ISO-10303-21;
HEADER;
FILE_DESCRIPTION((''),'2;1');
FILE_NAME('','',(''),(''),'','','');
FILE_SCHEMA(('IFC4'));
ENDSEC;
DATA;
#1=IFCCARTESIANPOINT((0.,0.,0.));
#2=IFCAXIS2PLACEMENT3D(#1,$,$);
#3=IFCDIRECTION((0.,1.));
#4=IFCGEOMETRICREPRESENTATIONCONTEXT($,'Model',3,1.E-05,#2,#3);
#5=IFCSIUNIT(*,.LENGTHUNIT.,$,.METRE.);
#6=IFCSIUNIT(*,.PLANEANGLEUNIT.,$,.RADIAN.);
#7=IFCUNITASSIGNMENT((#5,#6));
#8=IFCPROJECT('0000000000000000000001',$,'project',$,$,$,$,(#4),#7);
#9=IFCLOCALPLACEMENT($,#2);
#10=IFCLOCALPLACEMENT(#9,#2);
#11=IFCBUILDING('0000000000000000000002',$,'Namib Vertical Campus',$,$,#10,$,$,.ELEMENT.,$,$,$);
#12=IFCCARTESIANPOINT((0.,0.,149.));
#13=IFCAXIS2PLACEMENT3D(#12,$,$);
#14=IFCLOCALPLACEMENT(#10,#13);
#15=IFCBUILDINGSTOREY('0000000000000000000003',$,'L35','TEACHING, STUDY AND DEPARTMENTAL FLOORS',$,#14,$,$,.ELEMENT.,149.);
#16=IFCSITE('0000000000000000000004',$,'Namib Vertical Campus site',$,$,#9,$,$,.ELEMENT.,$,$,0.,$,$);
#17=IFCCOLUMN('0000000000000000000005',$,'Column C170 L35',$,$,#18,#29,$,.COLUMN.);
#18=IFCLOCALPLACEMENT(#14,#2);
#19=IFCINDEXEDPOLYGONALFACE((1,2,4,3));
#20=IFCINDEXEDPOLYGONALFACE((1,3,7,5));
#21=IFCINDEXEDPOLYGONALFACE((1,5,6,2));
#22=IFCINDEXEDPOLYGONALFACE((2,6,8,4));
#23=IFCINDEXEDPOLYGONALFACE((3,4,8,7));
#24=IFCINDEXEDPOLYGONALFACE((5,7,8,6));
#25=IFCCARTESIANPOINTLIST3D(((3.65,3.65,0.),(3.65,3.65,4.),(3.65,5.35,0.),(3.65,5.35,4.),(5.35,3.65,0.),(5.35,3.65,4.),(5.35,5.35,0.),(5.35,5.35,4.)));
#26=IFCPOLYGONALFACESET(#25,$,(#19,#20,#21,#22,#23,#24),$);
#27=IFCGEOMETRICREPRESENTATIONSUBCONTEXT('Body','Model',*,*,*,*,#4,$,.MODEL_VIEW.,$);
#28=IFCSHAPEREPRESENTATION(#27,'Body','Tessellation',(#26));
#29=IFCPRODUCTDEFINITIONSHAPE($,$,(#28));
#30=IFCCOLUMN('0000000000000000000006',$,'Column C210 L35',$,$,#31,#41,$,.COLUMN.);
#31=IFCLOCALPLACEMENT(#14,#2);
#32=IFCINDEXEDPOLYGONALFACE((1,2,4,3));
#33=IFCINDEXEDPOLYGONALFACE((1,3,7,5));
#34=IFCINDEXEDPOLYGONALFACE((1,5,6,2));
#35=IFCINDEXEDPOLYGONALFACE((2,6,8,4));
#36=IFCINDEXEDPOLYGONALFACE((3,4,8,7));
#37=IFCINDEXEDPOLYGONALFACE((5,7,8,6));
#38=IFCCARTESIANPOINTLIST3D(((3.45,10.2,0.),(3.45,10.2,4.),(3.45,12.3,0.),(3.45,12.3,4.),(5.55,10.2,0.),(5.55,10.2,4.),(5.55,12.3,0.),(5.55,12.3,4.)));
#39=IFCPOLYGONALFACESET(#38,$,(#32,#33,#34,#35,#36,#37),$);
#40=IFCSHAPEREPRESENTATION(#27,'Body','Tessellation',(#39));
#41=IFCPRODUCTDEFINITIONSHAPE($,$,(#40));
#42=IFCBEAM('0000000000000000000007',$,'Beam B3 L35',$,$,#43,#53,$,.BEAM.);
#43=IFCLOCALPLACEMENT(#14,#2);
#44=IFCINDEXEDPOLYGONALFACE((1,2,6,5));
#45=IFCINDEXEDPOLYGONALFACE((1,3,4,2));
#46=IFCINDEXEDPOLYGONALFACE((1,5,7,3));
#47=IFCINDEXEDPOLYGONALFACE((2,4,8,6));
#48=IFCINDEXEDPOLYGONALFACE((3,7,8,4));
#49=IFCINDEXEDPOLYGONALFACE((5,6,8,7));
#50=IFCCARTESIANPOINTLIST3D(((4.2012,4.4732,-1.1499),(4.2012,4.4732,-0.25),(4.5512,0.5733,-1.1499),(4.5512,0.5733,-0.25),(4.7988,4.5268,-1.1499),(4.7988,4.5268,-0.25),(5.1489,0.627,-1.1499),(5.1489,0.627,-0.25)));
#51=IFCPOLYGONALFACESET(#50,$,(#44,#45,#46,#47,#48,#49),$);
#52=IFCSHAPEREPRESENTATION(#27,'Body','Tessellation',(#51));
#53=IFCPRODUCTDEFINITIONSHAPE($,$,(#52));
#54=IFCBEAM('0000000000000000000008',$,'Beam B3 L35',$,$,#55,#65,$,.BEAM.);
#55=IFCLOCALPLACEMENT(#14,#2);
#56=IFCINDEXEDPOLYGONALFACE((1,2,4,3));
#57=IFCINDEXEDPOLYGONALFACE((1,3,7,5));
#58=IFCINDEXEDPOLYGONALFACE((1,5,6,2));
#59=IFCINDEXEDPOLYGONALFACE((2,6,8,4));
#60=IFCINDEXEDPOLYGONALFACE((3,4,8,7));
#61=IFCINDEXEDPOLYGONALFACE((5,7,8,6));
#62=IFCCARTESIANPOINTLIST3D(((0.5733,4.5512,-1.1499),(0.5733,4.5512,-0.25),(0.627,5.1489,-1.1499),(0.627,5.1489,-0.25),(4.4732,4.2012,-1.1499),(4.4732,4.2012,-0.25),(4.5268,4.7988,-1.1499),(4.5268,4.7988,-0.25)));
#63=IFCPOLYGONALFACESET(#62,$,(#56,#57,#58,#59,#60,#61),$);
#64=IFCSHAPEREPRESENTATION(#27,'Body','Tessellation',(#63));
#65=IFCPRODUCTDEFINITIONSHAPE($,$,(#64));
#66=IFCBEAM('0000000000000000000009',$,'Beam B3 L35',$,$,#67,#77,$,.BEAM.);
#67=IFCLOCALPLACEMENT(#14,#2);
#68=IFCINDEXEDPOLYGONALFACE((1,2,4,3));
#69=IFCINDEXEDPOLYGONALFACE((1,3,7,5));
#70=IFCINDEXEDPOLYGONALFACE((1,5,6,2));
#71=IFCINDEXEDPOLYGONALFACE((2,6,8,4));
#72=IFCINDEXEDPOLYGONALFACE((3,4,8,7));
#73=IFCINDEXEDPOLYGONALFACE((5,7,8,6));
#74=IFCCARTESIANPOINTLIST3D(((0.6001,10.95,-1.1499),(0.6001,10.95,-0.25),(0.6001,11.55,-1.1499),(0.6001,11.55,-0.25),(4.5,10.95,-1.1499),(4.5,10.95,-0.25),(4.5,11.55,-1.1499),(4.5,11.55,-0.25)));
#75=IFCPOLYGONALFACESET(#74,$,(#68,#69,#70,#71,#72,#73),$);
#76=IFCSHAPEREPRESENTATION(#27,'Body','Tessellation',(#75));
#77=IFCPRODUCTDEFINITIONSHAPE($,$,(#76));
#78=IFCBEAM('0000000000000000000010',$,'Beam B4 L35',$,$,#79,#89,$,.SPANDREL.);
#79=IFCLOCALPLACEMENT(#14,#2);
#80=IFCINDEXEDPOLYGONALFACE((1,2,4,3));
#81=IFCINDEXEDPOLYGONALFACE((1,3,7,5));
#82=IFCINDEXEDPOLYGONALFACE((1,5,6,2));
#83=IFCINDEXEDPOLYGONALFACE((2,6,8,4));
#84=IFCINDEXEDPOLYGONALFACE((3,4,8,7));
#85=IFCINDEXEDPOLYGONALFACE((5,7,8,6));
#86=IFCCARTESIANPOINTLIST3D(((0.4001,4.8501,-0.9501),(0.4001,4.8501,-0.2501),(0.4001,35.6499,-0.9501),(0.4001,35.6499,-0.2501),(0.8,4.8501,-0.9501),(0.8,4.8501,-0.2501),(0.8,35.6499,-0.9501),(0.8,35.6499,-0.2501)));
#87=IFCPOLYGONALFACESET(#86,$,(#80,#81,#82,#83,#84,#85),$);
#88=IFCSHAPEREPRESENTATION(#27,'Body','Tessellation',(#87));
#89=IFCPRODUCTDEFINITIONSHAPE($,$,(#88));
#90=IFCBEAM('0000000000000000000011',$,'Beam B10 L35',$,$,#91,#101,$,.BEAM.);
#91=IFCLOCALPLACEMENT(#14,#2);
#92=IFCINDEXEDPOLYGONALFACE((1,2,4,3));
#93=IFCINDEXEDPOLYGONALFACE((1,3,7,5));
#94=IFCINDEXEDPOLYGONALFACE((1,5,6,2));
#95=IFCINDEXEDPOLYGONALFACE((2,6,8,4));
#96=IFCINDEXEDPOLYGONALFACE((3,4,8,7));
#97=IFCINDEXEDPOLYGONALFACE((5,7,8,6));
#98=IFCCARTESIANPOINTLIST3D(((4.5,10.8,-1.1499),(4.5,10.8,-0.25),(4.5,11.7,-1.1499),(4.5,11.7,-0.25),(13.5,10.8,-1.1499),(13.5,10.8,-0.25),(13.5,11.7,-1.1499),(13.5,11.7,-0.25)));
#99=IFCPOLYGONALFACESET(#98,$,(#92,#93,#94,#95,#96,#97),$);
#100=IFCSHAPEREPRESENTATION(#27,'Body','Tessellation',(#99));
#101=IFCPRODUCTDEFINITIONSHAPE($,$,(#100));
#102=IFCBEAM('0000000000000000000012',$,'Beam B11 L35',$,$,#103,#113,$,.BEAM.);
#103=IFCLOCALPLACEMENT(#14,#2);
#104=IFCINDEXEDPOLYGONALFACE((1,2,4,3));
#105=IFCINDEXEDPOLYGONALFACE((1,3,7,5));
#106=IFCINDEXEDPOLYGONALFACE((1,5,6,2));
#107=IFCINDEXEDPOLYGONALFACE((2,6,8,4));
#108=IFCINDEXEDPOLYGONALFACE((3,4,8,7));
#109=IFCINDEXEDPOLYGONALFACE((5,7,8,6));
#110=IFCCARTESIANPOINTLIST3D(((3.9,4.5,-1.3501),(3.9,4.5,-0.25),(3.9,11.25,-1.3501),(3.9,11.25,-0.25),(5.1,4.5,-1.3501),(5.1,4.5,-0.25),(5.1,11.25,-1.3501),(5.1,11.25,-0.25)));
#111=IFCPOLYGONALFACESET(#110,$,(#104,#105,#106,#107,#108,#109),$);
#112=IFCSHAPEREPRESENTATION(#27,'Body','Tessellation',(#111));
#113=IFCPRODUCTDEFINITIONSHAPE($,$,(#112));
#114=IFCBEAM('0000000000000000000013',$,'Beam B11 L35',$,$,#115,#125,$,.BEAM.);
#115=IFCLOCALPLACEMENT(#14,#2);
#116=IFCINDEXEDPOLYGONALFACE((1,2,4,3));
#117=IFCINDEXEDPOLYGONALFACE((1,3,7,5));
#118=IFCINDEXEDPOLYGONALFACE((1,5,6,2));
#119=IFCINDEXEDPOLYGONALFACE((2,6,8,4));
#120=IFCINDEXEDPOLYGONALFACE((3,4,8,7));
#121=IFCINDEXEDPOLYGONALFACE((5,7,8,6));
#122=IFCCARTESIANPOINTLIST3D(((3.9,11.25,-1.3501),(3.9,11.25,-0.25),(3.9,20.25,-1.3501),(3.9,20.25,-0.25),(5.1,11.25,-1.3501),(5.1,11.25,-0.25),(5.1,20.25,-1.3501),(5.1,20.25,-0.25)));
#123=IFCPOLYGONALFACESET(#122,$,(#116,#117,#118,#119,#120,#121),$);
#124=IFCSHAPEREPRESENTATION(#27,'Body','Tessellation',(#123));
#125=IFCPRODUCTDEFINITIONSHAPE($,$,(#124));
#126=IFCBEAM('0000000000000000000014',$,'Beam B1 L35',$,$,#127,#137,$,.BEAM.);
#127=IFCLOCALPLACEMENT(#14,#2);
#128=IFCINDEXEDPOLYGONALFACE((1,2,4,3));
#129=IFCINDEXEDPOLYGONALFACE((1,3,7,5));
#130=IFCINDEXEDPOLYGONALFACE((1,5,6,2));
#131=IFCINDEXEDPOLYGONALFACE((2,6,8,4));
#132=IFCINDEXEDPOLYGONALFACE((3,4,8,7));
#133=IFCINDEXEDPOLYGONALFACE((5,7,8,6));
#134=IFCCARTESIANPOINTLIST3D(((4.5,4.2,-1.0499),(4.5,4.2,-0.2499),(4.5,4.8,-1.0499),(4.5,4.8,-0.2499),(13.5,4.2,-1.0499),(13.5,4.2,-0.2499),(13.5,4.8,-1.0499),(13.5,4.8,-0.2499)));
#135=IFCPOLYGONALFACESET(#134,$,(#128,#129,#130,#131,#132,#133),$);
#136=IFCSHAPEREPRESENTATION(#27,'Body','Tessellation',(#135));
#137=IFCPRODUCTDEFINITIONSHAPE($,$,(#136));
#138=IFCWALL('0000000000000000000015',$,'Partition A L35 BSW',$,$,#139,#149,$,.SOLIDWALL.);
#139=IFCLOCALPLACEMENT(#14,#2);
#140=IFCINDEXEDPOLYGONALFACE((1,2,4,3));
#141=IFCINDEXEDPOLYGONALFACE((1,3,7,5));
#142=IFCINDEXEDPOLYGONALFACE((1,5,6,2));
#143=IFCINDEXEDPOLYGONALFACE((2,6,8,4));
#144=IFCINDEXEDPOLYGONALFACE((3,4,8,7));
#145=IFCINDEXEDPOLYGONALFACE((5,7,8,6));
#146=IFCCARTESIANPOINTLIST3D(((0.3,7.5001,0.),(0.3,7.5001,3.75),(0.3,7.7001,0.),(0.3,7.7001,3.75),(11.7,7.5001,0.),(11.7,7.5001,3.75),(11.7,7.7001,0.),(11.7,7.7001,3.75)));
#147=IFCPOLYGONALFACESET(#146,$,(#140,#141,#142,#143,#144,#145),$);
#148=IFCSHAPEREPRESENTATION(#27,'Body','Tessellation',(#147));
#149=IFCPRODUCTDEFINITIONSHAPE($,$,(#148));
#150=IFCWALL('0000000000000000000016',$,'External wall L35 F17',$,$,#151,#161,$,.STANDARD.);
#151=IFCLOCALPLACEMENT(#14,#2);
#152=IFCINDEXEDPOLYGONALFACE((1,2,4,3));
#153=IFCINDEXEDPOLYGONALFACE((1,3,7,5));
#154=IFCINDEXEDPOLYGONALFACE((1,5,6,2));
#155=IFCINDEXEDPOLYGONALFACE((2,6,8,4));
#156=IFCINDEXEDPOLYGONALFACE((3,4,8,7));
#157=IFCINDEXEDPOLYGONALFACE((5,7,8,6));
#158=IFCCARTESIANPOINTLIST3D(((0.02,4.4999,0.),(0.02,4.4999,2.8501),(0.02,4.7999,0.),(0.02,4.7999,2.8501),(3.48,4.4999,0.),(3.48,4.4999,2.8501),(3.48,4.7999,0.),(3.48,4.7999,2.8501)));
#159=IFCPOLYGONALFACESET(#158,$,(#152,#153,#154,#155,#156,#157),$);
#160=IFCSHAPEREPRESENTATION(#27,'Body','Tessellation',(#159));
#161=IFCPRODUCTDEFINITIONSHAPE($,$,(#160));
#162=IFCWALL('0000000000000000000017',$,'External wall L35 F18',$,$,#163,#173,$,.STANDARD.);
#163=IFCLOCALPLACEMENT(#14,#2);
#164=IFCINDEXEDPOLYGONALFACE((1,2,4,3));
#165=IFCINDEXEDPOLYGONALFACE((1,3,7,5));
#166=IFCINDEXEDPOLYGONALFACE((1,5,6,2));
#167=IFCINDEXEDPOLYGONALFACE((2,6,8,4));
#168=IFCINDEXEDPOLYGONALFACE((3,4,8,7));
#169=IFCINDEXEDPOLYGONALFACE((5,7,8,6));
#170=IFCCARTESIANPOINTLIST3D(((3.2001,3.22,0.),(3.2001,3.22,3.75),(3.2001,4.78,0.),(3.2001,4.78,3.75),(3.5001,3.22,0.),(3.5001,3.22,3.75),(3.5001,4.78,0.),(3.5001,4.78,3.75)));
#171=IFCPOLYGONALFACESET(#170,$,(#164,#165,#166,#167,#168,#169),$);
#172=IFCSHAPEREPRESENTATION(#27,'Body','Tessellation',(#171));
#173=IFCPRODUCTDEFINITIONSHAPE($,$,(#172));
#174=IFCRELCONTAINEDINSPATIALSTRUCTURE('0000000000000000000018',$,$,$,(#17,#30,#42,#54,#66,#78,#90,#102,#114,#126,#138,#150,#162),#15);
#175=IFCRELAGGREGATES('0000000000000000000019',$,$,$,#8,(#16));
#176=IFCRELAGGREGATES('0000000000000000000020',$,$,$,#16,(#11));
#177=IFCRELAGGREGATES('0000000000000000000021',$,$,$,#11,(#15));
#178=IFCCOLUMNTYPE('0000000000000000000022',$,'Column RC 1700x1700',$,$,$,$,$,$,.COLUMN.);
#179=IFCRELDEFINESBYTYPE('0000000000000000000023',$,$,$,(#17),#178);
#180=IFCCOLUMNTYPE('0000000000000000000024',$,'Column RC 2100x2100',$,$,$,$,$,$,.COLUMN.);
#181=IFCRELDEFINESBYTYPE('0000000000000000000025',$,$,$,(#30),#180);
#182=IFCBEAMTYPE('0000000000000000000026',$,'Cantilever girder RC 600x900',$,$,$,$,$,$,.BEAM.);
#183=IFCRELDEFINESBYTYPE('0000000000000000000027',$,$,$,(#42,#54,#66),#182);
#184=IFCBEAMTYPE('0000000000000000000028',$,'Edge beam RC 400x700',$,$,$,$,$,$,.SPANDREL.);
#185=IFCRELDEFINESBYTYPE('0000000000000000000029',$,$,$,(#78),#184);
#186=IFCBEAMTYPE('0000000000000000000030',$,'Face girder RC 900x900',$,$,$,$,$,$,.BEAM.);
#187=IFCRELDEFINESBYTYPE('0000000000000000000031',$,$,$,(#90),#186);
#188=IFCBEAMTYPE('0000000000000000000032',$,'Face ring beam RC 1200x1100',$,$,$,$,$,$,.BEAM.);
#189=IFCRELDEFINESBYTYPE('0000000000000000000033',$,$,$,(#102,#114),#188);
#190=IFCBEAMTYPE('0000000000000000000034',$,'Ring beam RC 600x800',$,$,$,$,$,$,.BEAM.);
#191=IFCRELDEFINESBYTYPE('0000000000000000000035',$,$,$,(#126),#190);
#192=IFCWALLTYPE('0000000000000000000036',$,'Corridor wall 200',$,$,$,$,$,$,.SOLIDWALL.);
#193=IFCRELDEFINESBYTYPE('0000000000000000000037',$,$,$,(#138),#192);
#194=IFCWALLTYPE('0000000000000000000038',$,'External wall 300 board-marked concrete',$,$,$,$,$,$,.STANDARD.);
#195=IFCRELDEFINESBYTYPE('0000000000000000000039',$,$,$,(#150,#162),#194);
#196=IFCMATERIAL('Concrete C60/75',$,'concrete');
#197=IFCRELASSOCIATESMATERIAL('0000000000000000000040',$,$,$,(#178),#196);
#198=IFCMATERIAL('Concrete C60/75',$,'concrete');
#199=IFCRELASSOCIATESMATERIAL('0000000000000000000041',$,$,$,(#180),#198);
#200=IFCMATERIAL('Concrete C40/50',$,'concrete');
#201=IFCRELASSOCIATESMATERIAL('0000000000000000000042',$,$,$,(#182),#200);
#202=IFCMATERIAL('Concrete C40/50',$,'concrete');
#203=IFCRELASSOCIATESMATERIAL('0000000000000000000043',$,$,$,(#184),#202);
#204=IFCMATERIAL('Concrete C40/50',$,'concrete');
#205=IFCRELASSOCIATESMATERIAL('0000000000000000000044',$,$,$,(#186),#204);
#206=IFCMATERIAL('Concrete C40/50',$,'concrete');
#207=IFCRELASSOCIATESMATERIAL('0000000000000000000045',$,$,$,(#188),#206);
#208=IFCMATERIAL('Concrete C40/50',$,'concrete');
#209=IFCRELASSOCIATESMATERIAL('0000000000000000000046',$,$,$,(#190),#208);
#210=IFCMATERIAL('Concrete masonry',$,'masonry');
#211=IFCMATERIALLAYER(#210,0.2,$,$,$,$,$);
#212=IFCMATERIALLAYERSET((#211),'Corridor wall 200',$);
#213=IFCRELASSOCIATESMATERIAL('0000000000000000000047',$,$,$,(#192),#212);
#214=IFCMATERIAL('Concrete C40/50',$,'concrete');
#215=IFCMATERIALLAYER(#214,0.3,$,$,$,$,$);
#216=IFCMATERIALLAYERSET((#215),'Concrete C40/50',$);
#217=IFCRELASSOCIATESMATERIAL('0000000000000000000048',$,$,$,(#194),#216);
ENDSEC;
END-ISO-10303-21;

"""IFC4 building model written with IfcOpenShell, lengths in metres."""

from ifc_helpers import new_model, si_unit, direction, frame, frame_2d, origin, origin_2d, place, context, subcontext, project, spatial, rectangle, extrude, material, layer, layer_set, material_profile, profile_set, type_object, element, save


model = new_model("IFC4")

# Units and contexts
model_context = context("Model", 3, precision=1e-05, world=origin(), true_north=direction((0.0, 1.0)))
body_context = subcontext(model_context, "Body", "Model", "MODEL_VIEW")
ifc_project = project(units=[si_unit("LENGTHUNIT", "METRE"), si_unit("PLANEANGLEUNIT", "RADIAN")], contexts=[model_context])

# Site, building, storey
site_placement = place(None, origin())
site = spatial("IfcSite", under=ifc_project, at=site_placement, Name="Namib Vertical Campus site", CompositionType="ELEMENT", RefElevation=0.0)
building_placement = place(site_placement, origin())
building = spatial("IfcBuilding", under=site, at=building_placement, Name="Namib Vertical Campus", CompositionType="ELEMENT")
storey_placement = place(building_placement, frame((0.0, 0.0, 149.0)))
storey = spatial("IfcBuildingStorey", under=building, at=storey_placement, Name="L35", Description="TEACHING, STUDY AND DEPARTMENTAL FLOORS", CompositionType="ELEMENT", Elevation=149.0)

# Columns
ifc_material_1 = material(Name="Concrete C60/75", Category="concrete")
ifc_material_profile_1 = material_profile(ifc_material_1, rectangle(XDim=1.7, YDim=1.7, at=origin_2d()))
ifc_profile_set_1 = profile_set([ifc_material_profile_1], Name="Concrete C60/75")
column_type_1 = type_object("IfcColumnType", Name="Column RC 1700x1700", PredefinedType="COLUMN", material=ifc_profile_set_1)
column_1_placement = place(storey_placement, frame((4.5, 4.5, 0.0), z_axis=(0.0, 0.0, 1.0), x_axis=(1.0, 0.0, 0.0)))
element("IfcColumn", 1, at=column_1_placement, inside=storey, type_object=column_type_1, Name="Column C170 L35", PredefinedType="COLUMN", context=body_context, shape_type="SweptSolid", body=[
    extrude(rectangle(XDim=1.7, YDim=1.7, at=origin_2d()), origin(), (0.0, 0.0, 1.0), 4.0),
])
ifc_material_2 = material(Name="Concrete C60/75", Category="concrete")
ifc_material_profile_2 = material_profile(ifc_material_2, rectangle(XDim=2.1001, YDim=2.1001, at=origin_2d()))
ifc_profile_set_2 = profile_set([ifc_material_profile_2], Name="Concrete C60/75")
column_type_2 = type_object("IfcColumnType", Name="Column RC 2100x2100", PredefinedType="COLUMN", material=ifc_profile_set_2)
column_2_placement = place(storey_placement, frame((4.5, 11.25, 0.0), z_axis=(0.0, 0.0, 1.0), x_axis=(1.0, 0.0, 0.0)))
element("IfcColumn", 2, at=column_2_placement, inside=storey, type_object=column_type_2, Name="Column C210 L35", PredefinedType="COLUMN", context=body_context, shape_type="SweptSolid", body=[
    extrude(rectangle(XDim=2.1001, YDim=2.1001, at=origin_2d()), origin(), (0.0, 0.0, 1.0), 4.0),
])

# Beams
ifc_material_3 = material(Name="Concrete C40/50", Category="concrete")
ifc_material_profile_3 = material_profile(ifc_material_3, rectangle(XDim=0.6001, YDim=0.8999, at=origin_2d()))
ifc_profile_set_3 = profile_set([ifc_material_profile_3], Name="Concrete C40/50")
beam_type_1 = type_object("IfcBeamType", Name="Cantilever girder RC 600x900", PredefinedType="BEAM", material=ifc_profile_set_3)
for number, where, z_axis, x_axis, name in (
    (3, (4.5, 4.5, -0.7), (0.089411, -0.995995, 0.0), (0.995995, 0.089411, 0.0), "Beam B3 L35"),
    (4, (4.5, 4.5, -0.7), (-0.995995, 0.089411, 0.0), (-0.089411, -0.995995, 0.0), "Beam B3 L35"),
):
    element("IfcBeam", number, at=place(storey_placement, frame(where, z_axis=z_axis, x_axis=x_axis)), inside=storey, type_object=beam_type_1, Name=name, PredefinedType="BEAM", context=body_context, shape_type="SweptSolid", body=[
        extrude(rectangle(XDim=0.6001, YDim=0.8999, at=origin_2d()), origin(), (0.0, 0.0, 1.0), 3.9155),
    ])
beam_1_placement = place(storey_placement, frame((4.5, 11.25, -0.7), z_axis=(-1.0, 0.0, 0.0), x_axis=(0.0, -1.0, 0.0)))
element("IfcBeam", 5, at=beam_1_placement, inside=storey, type_object=beam_type_1, Name="Beam B3 L35", PredefinedType="BEAM", context=body_context, shape_type="SweptSolid", body=[
    extrude(rectangle(XDim=0.6001, YDim=0.8999, at=origin_2d()), origin(), (0.0, 0.0, 1.0), 3.8999),
])
ifc_material_4 = material(Name="Concrete C40/50", Category="concrete")
ifc_material_profile_4 = material_profile(ifc_material_4, rectangle(XDim=0.3999, YDim=0.7, at=origin_2d()))
ifc_profile_set_4 = profile_set([ifc_material_profile_4], Name="Concrete C40/50")
beam_type_2 = type_object("IfcBeamType", Name="Edge beam RC 400x700", PredefinedType="SPANDREL", material=ifc_profile_set_4)
beam_2_placement = place(storey_placement, frame((0.6001, 4.8501, -0.6001), z_axis=(0.0, 1.0, 0.0), x_axis=(-1.0, 0.0, 0.0)))
element("IfcBeam", 6, at=beam_2_placement, inside=storey, type_object=beam_type_2, Name="Beam B4 L35", PredefinedType="SPANDREL", context=body_context, shape_type="SweptSolid", body=[
    extrude(rectangle(XDim=0.3999, YDim=0.7, at=origin_2d()), origin(), (0.0, 0.0, 1.0), 30.7998),
])
ifc_material_5 = material(Name="Concrete C40/50", Category="concrete")
ifc_material_profile_5 = material_profile(ifc_material_5, rectangle(XDim=0.8999, YDim=0.8999, at=origin_2d()))
ifc_profile_set_5 = profile_set([ifc_material_profile_5], Name="Concrete C40/50")
beam_type_3 = type_object("IfcBeamType", Name="Face girder RC 900x900", PredefinedType="BEAM", material=ifc_profile_set_5)
beam_3_placement = place(storey_placement, frame((4.5, 11.25, -0.7), z_axis=(1.0, 0.0, 0.0), x_axis=(0.0, 1.0, 0.0)))
element("IfcBeam", 7, at=beam_3_placement, inside=storey, type_object=beam_type_3, Name="Beam B10 L35", PredefinedType="BEAM", context=body_context, shape_type="SweptSolid", body=[
    extrude(rectangle(XDim=0.8999, YDim=0.8999, at=origin_2d()), origin(), (0.0, 0.0, 1.0), 9.0),
])
ifc_material_6 = material(Name="Concrete C40/50", Category="concrete")
ifc_material_profile_6 = material_profile(ifc_material_6, rectangle(XDim=1.2, YDim=1.1001, at=origin_2d()))
ifc_profile_set_6 = profile_set([ifc_material_profile_6], Name="Concrete C40/50")
beam_type_4 = type_object("IfcBeamType", Name="Face ring beam RC 1200x1100", PredefinedType="BEAM", material=ifc_profile_set_6)
beam_4_placement = place(storey_placement, frame((4.5, 4.5, -0.8), z_axis=(0.0, 1.0, 0.0), x_axis=(-1.0, 0.0, 0.0)))
element("IfcBeam", 8, at=beam_4_placement, inside=storey, type_object=beam_type_4, Name="Beam B11 L35", PredefinedType="BEAM", context=body_context, shape_type="SweptSolid", body=[
    extrude(rectangle(XDim=1.2, YDim=1.1001, at=origin_2d()), origin(), (0.0, 0.0, 1.0), 6.75),
])
beam_5_placement = place(storey_placement, frame((4.5, 11.25, -0.8), z_axis=(0.0, 1.0, 0.0), x_axis=(-1.0, 0.0, 0.0)))
element("IfcBeam", 9, at=beam_5_placement, inside=storey, type_object=beam_type_4, Name="Beam B11 L35", PredefinedType="BEAM", context=body_context, shape_type="SweptSolid", body=[
    extrude(rectangle(XDim=1.2, YDim=1.1001, at=origin_2d()), origin(), (0.0, 0.0, 1.0), 9.0),
])
ifc_material_7 = material(Name="Concrete C40/50", Category="concrete")
ifc_material_profile_7 = material_profile(ifc_material_7, rectangle(XDim=0.6001, YDim=0.8, at=origin_2d()))
ifc_profile_set_7 = profile_set([ifc_material_profile_7], Name="Concrete C40/50")
beam_type_5 = type_object("IfcBeamType", Name="Ring beam RC 600x800", PredefinedType="BEAM", material=ifc_profile_set_7)
beam_6_placement = place(storey_placement, frame((4.5, 4.5, -0.6499), z_axis=(1.0, 0.0, 0.0), x_axis=(0.0, 1.0, 0.0)))
element("IfcBeam", 10, at=beam_6_placement, inside=storey, type_object=beam_type_5, Name="Beam B1 L35", PredefinedType="BEAM", context=body_context, shape_type="SweptSolid", body=[
    extrude(rectangle(XDim=0.6001, YDim=0.8, at=origin_2d()), origin(), (0.0, 0.0, 1.0), 9.0),
])

# Walls
ifc_material_8 = material(Name="Concrete masonry", Category="masonry")
ifc_layer_1 = layer(ifc_material_8, 0.2)
ifc_layer_set_1 = layer_set([ifc_layer_1], Name="Corridor wall 200")
wall_type_1 = type_object("IfcWallType", Name="Corridor wall 200", PredefinedType="SOLIDWALL", material=ifc_layer_set_1)
wall_1_placement = place(storey_placement, frame((0.3, 7.6001, 0.0), z_axis=(0.0, 0.0, 1.0), x_axis=(1.0, 0.0, 0.0)))
element("IfcWall", 11, at=wall_1_placement, inside=storey, type_object=wall_type_1, Name="Partition A L35 BSW", PredefinedType="SOLIDWALL", context=body_context, shape_type="SweptSolid", body=[
    extrude(rectangle(XDim=11.3999, YDim=0.2, at=frame_2d((5.7, 0.0))), origin(), (0.0, 0.0, 1.0), 3.75),
])
ifc_material_9 = material(Name="Concrete C40/50", Category="concrete")
ifc_layer_2 = layer(ifc_material_9, 0.3)
ifc_layer_set_2 = layer_set([ifc_layer_2], Name="Concrete C40/50")
wall_type_2 = type_object("IfcWallType", Name="External wall 300 board-marked concrete", PredefinedType="STANDARD", material=ifc_layer_set_2)
wall_2_placement = place(storey_placement, frame((0.02, 4.6499, 0.0), z_axis=(0.0, 0.0, 1.0), x_axis=(1.0, 0.0, 0.0)))
element("IfcWall", 12, at=wall_2_placement, inside=storey, type_object=wall_type_2, Name="External wall L35 F17", PredefinedType="STANDARD", context=body_context, shape_type="SweptSolid", body=[
    extrude(rectangle(XDim=3.46, YDim=0.3, at=frame_2d((1.73, 0.0))), origin(), (0.0, 0.0, 1.0), 2.8501),
])
for number, where, z_axis, x_axis, name in (
    (13, (3.3501, 4.78, 0.0), (0.0, 0.0, 1.0), (0.0, -1.0, 0.0), "External wall L35 F18"),
):
    element("IfcWall", number, at=place(storey_placement, frame(where, z_axis=z_axis, x_axis=x_axis)), inside=storey, type_object=wall_type_2, Name=name, PredefinedType="STANDARD", context=body_context, shape_type="SweptSolid", body=[
        extrude(rectangle(XDim=1.5601, YDim=0.3, at=frame_2d((0.78, 0.0))), origin(), (0.0, 0.0, 1.0), 3.75),
    ])

save(model, "model.ifc")
